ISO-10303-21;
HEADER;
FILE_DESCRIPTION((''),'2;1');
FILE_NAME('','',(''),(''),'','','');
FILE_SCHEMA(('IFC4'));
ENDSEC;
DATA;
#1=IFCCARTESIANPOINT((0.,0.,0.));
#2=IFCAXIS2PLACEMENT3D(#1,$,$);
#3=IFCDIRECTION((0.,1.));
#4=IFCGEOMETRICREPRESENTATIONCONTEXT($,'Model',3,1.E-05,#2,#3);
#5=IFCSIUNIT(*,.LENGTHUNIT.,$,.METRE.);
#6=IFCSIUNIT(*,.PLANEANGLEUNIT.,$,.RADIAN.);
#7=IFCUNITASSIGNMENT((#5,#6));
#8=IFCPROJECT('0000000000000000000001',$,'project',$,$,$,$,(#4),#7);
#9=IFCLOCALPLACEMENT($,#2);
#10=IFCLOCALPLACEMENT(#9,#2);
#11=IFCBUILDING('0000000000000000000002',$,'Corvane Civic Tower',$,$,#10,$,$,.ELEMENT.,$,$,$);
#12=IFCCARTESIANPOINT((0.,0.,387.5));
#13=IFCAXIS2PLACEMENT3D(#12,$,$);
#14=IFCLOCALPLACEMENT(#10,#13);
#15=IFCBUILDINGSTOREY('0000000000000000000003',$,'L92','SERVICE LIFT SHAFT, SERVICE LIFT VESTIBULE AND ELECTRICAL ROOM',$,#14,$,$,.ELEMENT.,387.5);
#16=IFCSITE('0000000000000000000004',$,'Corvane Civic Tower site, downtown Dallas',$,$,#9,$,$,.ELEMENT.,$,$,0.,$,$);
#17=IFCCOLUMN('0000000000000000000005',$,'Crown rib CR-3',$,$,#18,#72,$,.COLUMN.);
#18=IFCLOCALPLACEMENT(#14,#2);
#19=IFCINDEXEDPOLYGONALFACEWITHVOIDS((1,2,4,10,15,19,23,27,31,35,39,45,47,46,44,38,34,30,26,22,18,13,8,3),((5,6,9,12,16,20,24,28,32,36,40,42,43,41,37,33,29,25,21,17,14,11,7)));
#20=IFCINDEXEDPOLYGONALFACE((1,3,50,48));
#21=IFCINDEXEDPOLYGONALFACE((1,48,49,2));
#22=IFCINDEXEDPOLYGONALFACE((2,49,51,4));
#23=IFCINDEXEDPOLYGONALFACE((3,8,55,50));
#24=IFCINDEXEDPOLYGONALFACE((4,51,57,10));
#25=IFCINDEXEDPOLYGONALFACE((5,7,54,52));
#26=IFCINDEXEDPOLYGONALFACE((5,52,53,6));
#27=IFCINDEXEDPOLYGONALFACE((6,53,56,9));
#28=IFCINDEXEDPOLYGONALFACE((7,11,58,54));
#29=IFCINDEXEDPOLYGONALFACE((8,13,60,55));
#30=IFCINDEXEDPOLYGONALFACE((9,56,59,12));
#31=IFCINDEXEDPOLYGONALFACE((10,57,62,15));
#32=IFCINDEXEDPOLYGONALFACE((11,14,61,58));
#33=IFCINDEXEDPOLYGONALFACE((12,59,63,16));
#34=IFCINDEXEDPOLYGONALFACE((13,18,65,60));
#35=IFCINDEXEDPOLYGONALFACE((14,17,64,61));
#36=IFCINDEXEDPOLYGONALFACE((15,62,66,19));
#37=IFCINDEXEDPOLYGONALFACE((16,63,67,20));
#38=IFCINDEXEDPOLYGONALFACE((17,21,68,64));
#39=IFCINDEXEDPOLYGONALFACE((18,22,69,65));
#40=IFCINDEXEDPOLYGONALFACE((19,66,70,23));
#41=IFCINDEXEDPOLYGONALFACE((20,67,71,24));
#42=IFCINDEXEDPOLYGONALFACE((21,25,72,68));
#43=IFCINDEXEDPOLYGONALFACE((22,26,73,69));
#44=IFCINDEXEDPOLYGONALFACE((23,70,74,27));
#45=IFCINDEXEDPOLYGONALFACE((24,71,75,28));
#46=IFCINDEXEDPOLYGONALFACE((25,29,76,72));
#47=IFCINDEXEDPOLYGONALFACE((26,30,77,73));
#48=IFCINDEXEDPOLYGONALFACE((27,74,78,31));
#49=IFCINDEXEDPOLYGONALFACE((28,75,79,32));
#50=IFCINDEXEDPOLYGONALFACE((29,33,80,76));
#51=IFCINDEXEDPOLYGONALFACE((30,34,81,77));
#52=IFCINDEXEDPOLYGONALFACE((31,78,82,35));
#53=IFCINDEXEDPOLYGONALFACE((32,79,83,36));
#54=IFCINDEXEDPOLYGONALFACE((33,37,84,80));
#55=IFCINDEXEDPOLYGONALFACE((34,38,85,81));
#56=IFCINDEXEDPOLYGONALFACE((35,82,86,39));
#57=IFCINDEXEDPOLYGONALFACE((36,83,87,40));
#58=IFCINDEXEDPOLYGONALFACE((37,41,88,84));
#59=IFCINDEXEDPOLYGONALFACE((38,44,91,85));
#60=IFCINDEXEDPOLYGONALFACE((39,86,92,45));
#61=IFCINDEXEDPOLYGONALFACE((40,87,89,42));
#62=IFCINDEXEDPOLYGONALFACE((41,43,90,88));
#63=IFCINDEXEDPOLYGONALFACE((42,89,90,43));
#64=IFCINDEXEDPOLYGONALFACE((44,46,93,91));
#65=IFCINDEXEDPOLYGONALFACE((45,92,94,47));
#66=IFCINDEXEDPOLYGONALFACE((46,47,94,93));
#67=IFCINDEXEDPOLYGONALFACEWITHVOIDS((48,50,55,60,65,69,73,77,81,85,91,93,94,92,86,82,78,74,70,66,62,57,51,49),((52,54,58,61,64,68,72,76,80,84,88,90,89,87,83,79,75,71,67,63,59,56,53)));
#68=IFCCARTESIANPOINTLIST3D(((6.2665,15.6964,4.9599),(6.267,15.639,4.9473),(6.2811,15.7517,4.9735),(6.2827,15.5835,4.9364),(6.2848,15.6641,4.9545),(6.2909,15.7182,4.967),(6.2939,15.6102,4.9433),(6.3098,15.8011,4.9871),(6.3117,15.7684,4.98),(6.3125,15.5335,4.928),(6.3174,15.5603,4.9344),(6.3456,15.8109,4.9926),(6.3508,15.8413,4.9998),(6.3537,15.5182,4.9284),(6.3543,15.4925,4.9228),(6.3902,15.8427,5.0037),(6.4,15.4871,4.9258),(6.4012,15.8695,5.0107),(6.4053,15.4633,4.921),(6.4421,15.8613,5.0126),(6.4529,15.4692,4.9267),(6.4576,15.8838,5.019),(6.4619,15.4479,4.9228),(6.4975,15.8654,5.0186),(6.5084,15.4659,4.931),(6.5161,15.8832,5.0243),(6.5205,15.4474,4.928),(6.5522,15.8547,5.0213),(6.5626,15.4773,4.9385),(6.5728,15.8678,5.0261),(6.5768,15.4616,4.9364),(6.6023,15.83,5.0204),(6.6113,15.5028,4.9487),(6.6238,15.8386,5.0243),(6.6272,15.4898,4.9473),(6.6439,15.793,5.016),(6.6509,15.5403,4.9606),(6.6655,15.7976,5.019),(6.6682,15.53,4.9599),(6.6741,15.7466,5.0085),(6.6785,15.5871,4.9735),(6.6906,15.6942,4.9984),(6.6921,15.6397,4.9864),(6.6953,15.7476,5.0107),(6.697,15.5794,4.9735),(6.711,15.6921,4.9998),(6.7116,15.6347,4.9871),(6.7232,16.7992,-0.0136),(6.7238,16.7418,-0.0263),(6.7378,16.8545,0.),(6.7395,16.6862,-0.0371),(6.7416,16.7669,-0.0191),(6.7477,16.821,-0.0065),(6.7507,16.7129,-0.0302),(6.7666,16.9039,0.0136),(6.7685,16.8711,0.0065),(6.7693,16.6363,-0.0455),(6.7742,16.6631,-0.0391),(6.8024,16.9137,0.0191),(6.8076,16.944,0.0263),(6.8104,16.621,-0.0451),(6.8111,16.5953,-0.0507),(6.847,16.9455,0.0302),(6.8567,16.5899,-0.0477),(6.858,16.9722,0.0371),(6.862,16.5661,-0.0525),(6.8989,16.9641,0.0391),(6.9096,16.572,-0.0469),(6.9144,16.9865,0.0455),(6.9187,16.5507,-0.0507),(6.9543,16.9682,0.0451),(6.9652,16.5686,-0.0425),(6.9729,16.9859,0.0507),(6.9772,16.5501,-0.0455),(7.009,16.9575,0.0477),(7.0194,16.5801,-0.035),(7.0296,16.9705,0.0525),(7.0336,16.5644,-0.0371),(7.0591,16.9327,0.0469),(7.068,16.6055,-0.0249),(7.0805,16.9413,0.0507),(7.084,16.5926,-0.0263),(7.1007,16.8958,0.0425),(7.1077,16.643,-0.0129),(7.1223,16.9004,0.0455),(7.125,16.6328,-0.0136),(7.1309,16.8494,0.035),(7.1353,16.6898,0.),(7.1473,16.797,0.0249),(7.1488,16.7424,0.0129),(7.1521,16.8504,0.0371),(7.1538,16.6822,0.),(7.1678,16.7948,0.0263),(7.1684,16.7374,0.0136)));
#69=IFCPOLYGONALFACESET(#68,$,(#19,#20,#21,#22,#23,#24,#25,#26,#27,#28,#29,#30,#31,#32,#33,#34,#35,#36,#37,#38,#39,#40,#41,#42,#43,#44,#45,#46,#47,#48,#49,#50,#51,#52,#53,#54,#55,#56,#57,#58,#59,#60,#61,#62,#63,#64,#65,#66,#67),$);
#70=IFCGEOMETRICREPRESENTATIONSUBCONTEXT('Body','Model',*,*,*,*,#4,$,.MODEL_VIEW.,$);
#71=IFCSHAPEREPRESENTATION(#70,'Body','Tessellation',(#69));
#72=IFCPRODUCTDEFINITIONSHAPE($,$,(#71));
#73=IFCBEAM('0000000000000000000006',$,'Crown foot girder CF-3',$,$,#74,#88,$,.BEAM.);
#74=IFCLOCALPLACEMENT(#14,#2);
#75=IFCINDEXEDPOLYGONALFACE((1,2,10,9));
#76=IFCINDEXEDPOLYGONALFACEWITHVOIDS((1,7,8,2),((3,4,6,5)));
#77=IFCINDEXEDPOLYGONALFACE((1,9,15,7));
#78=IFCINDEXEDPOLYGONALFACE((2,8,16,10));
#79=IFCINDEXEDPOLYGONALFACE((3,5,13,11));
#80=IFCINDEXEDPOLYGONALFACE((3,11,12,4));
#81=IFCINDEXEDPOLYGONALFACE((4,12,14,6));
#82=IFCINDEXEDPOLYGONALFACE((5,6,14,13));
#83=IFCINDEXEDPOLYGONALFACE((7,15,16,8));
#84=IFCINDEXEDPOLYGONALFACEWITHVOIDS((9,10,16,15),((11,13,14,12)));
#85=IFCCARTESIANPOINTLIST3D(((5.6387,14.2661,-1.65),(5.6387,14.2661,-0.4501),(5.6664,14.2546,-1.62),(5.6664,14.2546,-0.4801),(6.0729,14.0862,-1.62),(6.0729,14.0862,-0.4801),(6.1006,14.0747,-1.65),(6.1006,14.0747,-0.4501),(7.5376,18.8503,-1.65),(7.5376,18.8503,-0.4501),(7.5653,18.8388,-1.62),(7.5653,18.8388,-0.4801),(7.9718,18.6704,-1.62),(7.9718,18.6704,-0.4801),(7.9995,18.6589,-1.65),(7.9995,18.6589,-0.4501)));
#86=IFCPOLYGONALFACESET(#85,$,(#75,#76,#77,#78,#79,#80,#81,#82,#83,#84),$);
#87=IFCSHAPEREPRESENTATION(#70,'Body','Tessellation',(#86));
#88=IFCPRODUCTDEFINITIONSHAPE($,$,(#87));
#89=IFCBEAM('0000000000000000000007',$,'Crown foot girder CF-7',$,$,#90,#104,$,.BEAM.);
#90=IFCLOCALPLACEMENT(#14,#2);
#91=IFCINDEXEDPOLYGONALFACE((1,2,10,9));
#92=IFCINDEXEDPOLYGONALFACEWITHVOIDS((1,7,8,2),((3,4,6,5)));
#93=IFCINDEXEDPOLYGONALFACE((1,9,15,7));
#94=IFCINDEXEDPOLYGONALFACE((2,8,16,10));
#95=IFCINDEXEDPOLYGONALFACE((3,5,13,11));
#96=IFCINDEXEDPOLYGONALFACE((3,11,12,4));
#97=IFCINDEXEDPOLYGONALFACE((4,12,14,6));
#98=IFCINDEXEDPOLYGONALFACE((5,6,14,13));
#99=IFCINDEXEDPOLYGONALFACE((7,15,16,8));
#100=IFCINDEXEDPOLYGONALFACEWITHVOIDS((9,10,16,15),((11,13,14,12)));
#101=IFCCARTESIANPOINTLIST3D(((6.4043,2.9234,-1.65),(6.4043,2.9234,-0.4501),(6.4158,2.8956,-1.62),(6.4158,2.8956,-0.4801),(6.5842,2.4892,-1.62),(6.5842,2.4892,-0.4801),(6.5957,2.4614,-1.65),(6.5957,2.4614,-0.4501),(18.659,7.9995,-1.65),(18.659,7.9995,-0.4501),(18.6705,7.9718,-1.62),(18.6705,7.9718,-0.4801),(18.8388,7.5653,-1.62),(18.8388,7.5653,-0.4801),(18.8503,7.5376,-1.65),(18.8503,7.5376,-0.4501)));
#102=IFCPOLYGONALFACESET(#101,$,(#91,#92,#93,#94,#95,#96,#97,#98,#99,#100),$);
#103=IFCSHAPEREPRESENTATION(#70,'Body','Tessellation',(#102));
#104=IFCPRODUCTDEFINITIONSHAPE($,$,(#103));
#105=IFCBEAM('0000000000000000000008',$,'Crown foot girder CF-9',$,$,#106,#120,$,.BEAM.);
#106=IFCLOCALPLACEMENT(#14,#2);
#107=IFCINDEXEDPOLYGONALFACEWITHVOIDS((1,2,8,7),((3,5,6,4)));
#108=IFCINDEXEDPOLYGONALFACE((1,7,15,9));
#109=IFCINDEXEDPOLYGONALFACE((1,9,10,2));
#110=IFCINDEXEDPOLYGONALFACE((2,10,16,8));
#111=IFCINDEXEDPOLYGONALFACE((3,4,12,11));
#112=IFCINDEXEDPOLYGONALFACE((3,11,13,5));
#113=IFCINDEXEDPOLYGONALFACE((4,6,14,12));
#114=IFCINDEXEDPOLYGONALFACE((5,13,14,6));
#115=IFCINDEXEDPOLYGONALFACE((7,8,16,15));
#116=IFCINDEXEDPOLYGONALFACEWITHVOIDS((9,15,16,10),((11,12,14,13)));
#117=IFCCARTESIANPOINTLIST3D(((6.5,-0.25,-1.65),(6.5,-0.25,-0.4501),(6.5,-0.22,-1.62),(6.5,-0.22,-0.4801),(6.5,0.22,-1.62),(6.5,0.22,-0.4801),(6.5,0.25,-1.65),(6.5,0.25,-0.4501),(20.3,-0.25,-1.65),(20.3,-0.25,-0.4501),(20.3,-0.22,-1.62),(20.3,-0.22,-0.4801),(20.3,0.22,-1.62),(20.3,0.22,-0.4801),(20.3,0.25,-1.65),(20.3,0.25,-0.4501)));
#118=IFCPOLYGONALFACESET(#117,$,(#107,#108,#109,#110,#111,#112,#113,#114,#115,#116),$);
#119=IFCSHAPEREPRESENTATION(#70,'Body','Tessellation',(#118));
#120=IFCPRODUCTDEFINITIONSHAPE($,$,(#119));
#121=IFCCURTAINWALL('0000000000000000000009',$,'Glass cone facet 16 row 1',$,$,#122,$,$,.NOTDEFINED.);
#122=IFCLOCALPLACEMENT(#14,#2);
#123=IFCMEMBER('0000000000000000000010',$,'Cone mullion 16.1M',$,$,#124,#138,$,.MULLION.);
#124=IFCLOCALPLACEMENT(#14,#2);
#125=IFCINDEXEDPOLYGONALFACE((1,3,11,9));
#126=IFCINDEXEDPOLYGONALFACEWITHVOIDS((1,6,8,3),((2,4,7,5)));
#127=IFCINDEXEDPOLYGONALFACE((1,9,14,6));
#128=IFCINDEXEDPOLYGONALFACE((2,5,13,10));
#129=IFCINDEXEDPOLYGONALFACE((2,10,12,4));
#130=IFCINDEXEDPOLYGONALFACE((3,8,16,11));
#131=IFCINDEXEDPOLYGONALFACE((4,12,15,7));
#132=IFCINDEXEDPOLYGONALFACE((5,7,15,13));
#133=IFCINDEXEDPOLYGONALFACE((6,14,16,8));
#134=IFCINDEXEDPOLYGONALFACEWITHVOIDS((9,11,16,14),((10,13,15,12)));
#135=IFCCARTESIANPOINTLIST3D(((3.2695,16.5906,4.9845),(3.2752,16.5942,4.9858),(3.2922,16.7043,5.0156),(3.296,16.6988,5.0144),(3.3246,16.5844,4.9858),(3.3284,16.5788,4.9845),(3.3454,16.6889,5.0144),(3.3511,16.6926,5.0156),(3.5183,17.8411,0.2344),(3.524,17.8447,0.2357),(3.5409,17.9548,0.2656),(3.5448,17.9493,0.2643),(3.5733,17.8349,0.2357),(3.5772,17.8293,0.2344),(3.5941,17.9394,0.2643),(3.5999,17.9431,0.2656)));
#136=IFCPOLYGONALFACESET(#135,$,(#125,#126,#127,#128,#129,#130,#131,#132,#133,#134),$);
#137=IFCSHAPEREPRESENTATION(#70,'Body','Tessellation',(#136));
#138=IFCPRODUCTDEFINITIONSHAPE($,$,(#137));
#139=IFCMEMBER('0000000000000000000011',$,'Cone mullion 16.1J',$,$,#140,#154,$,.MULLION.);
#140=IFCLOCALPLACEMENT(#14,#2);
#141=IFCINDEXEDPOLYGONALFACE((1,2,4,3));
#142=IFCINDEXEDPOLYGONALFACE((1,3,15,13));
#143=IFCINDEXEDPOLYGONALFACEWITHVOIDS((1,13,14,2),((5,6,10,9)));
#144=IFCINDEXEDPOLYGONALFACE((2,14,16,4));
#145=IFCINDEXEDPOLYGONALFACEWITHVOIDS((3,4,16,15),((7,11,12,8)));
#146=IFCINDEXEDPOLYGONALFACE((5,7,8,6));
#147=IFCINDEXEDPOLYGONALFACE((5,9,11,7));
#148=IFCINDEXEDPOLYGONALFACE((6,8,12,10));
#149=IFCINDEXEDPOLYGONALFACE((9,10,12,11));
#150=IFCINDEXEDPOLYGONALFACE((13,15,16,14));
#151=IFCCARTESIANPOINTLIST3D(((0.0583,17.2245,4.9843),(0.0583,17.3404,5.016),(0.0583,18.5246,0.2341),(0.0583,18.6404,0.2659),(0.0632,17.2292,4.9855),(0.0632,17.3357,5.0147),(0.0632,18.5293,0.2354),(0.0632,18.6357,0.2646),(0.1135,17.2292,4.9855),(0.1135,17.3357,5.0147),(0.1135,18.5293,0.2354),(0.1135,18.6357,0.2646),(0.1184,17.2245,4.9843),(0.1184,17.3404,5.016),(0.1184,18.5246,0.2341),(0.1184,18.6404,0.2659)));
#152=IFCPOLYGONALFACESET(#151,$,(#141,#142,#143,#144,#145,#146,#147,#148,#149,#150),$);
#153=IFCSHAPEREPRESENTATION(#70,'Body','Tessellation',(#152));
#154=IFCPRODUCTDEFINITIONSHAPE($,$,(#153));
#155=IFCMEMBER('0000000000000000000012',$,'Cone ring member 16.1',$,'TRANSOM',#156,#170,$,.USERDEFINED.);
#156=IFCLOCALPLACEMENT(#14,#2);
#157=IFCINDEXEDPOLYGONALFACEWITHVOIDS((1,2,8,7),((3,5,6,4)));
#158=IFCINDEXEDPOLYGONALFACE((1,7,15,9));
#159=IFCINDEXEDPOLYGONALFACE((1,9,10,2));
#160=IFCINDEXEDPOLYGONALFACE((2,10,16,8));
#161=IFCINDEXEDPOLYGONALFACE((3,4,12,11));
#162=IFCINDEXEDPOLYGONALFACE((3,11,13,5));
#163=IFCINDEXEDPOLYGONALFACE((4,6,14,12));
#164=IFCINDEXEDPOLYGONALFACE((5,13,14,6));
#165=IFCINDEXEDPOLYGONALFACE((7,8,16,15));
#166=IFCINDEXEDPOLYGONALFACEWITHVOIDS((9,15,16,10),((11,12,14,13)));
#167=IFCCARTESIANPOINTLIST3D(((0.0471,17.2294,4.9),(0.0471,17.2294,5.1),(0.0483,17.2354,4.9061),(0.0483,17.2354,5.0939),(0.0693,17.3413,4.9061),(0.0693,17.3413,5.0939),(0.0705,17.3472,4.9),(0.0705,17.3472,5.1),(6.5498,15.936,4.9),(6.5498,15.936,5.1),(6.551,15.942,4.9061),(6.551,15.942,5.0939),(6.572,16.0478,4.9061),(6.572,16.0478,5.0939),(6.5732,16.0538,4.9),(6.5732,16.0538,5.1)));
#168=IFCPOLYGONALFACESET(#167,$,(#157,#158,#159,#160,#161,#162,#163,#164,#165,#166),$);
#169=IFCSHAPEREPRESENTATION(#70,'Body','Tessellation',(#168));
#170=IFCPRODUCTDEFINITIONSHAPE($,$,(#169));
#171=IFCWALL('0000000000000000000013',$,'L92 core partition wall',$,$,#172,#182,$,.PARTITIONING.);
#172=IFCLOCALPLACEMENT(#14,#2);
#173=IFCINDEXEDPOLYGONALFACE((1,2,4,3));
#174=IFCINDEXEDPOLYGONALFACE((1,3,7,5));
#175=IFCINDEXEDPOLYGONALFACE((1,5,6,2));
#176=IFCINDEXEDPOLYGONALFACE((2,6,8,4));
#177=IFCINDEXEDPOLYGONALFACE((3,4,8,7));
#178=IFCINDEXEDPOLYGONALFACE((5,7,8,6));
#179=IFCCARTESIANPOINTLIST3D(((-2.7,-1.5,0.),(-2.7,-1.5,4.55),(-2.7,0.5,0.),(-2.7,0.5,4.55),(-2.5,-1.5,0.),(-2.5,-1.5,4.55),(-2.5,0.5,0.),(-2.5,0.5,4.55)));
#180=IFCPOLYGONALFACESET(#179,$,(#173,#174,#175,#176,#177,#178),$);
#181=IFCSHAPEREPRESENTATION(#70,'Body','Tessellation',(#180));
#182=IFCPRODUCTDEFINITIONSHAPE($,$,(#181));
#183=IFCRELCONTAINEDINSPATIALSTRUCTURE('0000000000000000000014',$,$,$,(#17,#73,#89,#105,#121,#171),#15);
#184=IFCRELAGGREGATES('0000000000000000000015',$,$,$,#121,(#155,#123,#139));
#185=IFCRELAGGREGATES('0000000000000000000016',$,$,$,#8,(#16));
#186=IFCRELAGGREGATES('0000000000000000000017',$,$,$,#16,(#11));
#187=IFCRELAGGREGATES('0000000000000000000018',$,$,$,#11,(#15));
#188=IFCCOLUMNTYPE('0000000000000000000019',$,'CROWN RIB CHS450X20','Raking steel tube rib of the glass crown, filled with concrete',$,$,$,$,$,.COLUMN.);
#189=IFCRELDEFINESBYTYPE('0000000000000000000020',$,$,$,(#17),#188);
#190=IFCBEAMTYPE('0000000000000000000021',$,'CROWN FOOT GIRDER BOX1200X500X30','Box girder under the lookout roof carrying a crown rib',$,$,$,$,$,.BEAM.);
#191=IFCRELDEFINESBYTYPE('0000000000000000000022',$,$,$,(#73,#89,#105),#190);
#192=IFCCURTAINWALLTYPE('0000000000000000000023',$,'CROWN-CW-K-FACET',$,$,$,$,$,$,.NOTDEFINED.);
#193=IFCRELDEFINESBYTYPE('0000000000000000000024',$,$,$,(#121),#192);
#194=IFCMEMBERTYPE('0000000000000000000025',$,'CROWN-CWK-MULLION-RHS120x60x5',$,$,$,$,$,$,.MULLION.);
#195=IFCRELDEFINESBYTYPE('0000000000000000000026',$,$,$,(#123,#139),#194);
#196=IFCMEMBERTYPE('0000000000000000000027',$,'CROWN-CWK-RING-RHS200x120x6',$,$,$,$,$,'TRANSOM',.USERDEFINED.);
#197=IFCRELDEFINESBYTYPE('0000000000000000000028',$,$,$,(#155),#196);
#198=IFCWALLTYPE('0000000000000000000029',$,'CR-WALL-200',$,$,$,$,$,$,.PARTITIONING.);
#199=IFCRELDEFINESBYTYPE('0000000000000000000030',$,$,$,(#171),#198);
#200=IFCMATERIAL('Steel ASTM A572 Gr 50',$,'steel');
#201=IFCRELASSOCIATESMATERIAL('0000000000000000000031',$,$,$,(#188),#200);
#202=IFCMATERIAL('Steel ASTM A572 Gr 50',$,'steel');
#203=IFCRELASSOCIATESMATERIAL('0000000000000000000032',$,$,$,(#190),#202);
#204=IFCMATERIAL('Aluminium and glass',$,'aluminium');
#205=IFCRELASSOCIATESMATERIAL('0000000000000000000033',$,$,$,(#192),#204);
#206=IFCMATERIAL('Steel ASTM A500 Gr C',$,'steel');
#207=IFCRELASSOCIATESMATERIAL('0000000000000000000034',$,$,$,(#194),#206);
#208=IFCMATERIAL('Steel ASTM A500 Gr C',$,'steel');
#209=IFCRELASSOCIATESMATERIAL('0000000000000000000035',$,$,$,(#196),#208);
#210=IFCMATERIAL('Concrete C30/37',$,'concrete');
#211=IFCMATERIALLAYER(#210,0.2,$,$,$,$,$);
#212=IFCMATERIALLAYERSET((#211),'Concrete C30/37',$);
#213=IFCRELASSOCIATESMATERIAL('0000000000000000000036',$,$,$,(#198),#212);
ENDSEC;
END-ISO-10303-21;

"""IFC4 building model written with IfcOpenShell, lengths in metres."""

from ifc_helpers import new_model, si_unit, direction, frame, origin, origin_2d, place, context, subcontext, project, spatial, polyline, hollow_rectangle, hollow_circle, outline, extrude, material, layer, layer_set, material_profile, profile_set, type_object, element, aggregate, save


model = new_model("IFC4")

# Units and contexts
model_context = context("Model", 3, precision=1e-05, world=origin(), true_north=direction((0.0, 1.0)))
body_context = subcontext(model_context, "Body", "Model", "MODEL_VIEW")
ifc_project = project(units=[si_unit("LENGTHUNIT", "METRE"), si_unit("PLANEANGLEUNIT", "RADIAN")], contexts=[model_context])

# Site, building, storey
site_placement = place(None, origin())
site = spatial("IfcSite", under=ifc_project, at=site_placement, Name="Corvane Civic Tower site, downtown Dallas", CompositionType="ELEMENT", RefElevation=0.0)
building_placement = place(site_placement, origin())
building = spatial("IfcBuilding", under=site, at=building_placement, Name="Corvane Civic Tower", CompositionType="ELEMENT")
storey_placement = place(building_placement, frame((0.0, 0.0, 387.5)))
storey = spatial("IfcBuildingStorey", under=building, at=storey_placement, Name="L92", Description="SERVICE LIFT SHAFT, SERVICE LIFT VESTIBULE AND ELECTRICAL ROOM", CompositionType="ELEMENT", Elevation=387.5)

# Column
ifc_material_1 = material(Name="Steel ASTM A572 Gr 50", Category="steel")
ifc_material_profile_1 = material_profile(ifc_material_1, hollow_circle(Radius=0.2251, WallThickness=0.02, at=origin_2d()), Name="CHS450X20")
ifc_profile_set_1 = profile_set([ifc_material_profile_1], Name="Steel ASTM A572 Gr 50")
column_type = type_object("IfcColumnType", Name="CROWN RIB CHS450X20", Description="Raking steel tube rib of the glass crown, filled with concrete", PredefinedType="COLUMN", material=ifc_profile_set_1)
column_placement = place(storey_placement, frame((6.9458, 16.7683, 0.0), z_axis=(-0.089306, -0.215604, 0.972389), x_axis=(0.92388, -0.382683, 0.0)))
element("IfcColumn", 1, at=column_placement, inside=storey, type_object=column_type, Name="Crown rib CR-3", PredefinedType="COLUMN", context=body_context, shape_type="SweptSolid", body=[
    extrude(hollow_circle(Radius=0.2251, WallThickness=0.02, at=origin_2d()), origin(), (0.0, 0.0, 1.0), 5.1147),
])

# Beams
ifc_material_2 = material(Name="Steel ASTM A572 Gr 50", Category="steel")
ifc_material_profile_2 = material_profile(ifc_material_2, hollow_rectangle(XDim=0.5, YDim=1.2, WallThickness=0.03, at=origin_2d()), Name="BOX1200X500X30")
ifc_profile_set_2 = profile_set([ifc_material_profile_2], Name="Steel ASTM A572 Gr 50")
beam_type = type_object("IfcBeamType", Name="CROWN FOOT GIRDER BOX1200X500X30", Description="Box girder under the lookout roof carrying a crown rib", PredefinedType="BEAM", material=ifc_profile_set_2)
beam_1_placement = place(storey_placement, frame((5.8696, 14.1704, -1.05), z_axis=(0.382697, 0.923874, 0.0), x_axis=(-0.923874, 0.382697, 0.0)))
element("IfcBeam", 2, at=beam_1_placement, inside=storey, type_object=beam_type, Name="Crown foot girder CF-3", PredefinedType="BEAM", context=body_context, shape_type="SweptSolid", body=[
    extrude(hollow_rectangle(XDim=0.5, YDim=1.2, WallThickness=0.03, at=origin_2d()), origin(), (0.0, 0.0, 1.0), 4.9619),
])
beam_2_placement = place(storey_placement, frame((6.5, 2.6924, -1.05), z_axis=(0.923876, 0.382692, 0.0), x_axis=(-0.382692, 0.923876, 0.0)))
element("IfcBeam", 3, at=beam_2_placement, inside=storey, type_object=beam_type, Name="Crown foot girder CF-7", PredefinedType="BEAM", context=body_context, shape_type="SweptSolid", body=[
    extrude(hollow_rectangle(XDim=0.5, YDim=1.2, WallThickness=0.03, at=origin_2d()), origin(), (0.0, 0.0, 1.0), 13.2644),
])
beam_3_placement = place(storey_placement, frame((6.5, 0.0, -1.05), z_axis=(1.0, 0.0, 0.0), x_axis=(0.0, 1.0, 0.0)))
element("IfcBeam", 4, at=beam_3_placement, inside=storey, type_object=beam_type, Name="Crown foot girder CF-9", PredefinedType="BEAM", context=body_context, shape_type="SweptSolid", body=[
    extrude(hollow_rectangle(XDim=0.5, YDim=1.2, WallThickness=0.03, at=origin_2d()), origin(), (0.0, 0.0, 1.0), 13.8),
])

# Curtain wall, members
ifc_material_3 = material(Name="Aluminium and glass", Category="aluminium")
curtain_wall_type = type_object("IfcCurtainWallType", Name="CROWN-CW-K-FACET", PredefinedType="NOTDEFINED", material=ifc_material_3)
curtain_wall_placement = place(storey_placement, origin())
curtain_wall = element("IfcCurtainWall", 5, at=curtain_wall_placement, inside=storey, type_object=curtain_wall_type, Name="Glass cone facet 16 row 1", PredefinedType="NOTDEFINED")
ifc_material_4 = material(Name="Steel ASTM A500 Gr C", Category="steel")
ifc_material_profile_3 = material_profile(ifc_material_4, hollow_rectangle(XDim=0.0601, YDim=0.1201, WallThickness=0.0049, at=origin_2d()), Name="RHS 120x60x5")
ifc_profile_set_3 = profile_set([ifc_material_profile_3], Name="Steel ASTM A500 Gr C")
member_type_1 = type_object("IfcMemberType", Name="CROWN-CWK-MULLION-RHS120x60x5", PredefinedType="MULLION", material=ifc_profile_set_3)
member_1_placement = place(storey_placement, frame((3.5591, 17.8921, 0.25), z_axis=(-0.050584, -0.25426, 0.965812), x_axis=(0.980779, -0.195122, 0.0)))
member_1 = element("IfcMember", 6, at=member_1_placement, type_object=member_type_1, Name="Cone mullion 16.1M", PredefinedType="MULLION", context=body_context, shape_type="SweptSolid", body=[
    extrude(hollow_rectangle(XDim=0.0601, YDim=0.1201, WallThickness=0.0049, at=origin_2d()), origin(), (0.0, 0.0, 1.0), 4.9182),
])
member_2_placement = place(storey_placement, frame((0.0884, 18.5825, 0.25), z_axis=(0.0, -0.263986, 0.964527), x_axis=(1.0, 0.0, 0.0)))
member_2 = element("IfcMember", 7, at=member_2_placement, type_object=member_type_1, Name="Cone mullion 16.1J", PredefinedType="MULLION", context=body_context, shape_type="SweptSolid", body=[
    extrude(hollow_rectangle(XDim=0.0601, YDim=0.1201, WallThickness=0.0049, at=origin_2d()), origin(), (0.0, 0.0, 1.0), 4.9248),
])
ifc_material_5 = material(Name="Steel ASTM A500 Gr C", Category="steel")
ifc_material_profile_4 = material_profile(ifc_material_5, hollow_rectangle(XDim=0.1201, YDim=0.2, WallThickness=0.0061, at=origin_2d()), Name="RHS 200x120x6")
ifc_profile_set_4 = profile_set([ifc_material_profile_4], Name="Steel ASTM A500 Gr C")
member_type_2 = type_object("IfcMemberType", Name="CROWN-CWK-RING-RHS200x120x6", ElementType="TRANSOM", PredefinedType="USERDEFINED", material=ifc_profile_set_4)
member_3_placement = place(storey_placement, frame((6.5615, 15.9949, 5.0), z_axis=(-0.980785, 0.195089, 0.0), x_axis=(-0.195089, -0.980785, 0.0)))
member_3 = element("IfcMember", 8, at=member_3_placement, type_object=member_type_2, Name="Cone ring member 16.1", ObjectType="TRANSOM", PredefinedType="USERDEFINED", context=body_context, shape_type="SweptSolid", body=[
    extrude(hollow_rectangle(XDim=0.1201, YDim=0.2, WallThickness=0.0061, at=origin_2d()), origin(), (0.0, 0.0, 1.0), 6.6301),
])
aggregate(curtain_wall, [member_3, member_1, member_2])

# Wall
ifc_material_6 = material(Name="Concrete C30/37", Category="concrete")
ifc_layer_1 = layer(ifc_material_6, 0.2)
ifc_layer_set_1 = layer_set([ifc_layer_1], Name="Concrete C30/37")
wall_type_1 = type_object("IfcWallType", Name="CR-WALL-200", PredefinedType="PARTITIONING", material=ifc_layer_set_1)
wall_1_placement = place(storey_placement, origin())
element("IfcWall", 9, at=wall_1_placement, inside=storey, type_object=wall_type_1, Name="L92 core partition wall", PredefinedType="PARTITIONING", context=body_context, shape_type="SweptSolid", body=[
    extrude(outline(polyline([(-2.5, -1.5), (-2.7, -1.5), (-2.7, 0.5), (-2.5, 0.5), (-2.5, -1.5)])), origin(), (0.0, 0.0, 1.0), 4.55),
])

save(model, "model.ifc")
